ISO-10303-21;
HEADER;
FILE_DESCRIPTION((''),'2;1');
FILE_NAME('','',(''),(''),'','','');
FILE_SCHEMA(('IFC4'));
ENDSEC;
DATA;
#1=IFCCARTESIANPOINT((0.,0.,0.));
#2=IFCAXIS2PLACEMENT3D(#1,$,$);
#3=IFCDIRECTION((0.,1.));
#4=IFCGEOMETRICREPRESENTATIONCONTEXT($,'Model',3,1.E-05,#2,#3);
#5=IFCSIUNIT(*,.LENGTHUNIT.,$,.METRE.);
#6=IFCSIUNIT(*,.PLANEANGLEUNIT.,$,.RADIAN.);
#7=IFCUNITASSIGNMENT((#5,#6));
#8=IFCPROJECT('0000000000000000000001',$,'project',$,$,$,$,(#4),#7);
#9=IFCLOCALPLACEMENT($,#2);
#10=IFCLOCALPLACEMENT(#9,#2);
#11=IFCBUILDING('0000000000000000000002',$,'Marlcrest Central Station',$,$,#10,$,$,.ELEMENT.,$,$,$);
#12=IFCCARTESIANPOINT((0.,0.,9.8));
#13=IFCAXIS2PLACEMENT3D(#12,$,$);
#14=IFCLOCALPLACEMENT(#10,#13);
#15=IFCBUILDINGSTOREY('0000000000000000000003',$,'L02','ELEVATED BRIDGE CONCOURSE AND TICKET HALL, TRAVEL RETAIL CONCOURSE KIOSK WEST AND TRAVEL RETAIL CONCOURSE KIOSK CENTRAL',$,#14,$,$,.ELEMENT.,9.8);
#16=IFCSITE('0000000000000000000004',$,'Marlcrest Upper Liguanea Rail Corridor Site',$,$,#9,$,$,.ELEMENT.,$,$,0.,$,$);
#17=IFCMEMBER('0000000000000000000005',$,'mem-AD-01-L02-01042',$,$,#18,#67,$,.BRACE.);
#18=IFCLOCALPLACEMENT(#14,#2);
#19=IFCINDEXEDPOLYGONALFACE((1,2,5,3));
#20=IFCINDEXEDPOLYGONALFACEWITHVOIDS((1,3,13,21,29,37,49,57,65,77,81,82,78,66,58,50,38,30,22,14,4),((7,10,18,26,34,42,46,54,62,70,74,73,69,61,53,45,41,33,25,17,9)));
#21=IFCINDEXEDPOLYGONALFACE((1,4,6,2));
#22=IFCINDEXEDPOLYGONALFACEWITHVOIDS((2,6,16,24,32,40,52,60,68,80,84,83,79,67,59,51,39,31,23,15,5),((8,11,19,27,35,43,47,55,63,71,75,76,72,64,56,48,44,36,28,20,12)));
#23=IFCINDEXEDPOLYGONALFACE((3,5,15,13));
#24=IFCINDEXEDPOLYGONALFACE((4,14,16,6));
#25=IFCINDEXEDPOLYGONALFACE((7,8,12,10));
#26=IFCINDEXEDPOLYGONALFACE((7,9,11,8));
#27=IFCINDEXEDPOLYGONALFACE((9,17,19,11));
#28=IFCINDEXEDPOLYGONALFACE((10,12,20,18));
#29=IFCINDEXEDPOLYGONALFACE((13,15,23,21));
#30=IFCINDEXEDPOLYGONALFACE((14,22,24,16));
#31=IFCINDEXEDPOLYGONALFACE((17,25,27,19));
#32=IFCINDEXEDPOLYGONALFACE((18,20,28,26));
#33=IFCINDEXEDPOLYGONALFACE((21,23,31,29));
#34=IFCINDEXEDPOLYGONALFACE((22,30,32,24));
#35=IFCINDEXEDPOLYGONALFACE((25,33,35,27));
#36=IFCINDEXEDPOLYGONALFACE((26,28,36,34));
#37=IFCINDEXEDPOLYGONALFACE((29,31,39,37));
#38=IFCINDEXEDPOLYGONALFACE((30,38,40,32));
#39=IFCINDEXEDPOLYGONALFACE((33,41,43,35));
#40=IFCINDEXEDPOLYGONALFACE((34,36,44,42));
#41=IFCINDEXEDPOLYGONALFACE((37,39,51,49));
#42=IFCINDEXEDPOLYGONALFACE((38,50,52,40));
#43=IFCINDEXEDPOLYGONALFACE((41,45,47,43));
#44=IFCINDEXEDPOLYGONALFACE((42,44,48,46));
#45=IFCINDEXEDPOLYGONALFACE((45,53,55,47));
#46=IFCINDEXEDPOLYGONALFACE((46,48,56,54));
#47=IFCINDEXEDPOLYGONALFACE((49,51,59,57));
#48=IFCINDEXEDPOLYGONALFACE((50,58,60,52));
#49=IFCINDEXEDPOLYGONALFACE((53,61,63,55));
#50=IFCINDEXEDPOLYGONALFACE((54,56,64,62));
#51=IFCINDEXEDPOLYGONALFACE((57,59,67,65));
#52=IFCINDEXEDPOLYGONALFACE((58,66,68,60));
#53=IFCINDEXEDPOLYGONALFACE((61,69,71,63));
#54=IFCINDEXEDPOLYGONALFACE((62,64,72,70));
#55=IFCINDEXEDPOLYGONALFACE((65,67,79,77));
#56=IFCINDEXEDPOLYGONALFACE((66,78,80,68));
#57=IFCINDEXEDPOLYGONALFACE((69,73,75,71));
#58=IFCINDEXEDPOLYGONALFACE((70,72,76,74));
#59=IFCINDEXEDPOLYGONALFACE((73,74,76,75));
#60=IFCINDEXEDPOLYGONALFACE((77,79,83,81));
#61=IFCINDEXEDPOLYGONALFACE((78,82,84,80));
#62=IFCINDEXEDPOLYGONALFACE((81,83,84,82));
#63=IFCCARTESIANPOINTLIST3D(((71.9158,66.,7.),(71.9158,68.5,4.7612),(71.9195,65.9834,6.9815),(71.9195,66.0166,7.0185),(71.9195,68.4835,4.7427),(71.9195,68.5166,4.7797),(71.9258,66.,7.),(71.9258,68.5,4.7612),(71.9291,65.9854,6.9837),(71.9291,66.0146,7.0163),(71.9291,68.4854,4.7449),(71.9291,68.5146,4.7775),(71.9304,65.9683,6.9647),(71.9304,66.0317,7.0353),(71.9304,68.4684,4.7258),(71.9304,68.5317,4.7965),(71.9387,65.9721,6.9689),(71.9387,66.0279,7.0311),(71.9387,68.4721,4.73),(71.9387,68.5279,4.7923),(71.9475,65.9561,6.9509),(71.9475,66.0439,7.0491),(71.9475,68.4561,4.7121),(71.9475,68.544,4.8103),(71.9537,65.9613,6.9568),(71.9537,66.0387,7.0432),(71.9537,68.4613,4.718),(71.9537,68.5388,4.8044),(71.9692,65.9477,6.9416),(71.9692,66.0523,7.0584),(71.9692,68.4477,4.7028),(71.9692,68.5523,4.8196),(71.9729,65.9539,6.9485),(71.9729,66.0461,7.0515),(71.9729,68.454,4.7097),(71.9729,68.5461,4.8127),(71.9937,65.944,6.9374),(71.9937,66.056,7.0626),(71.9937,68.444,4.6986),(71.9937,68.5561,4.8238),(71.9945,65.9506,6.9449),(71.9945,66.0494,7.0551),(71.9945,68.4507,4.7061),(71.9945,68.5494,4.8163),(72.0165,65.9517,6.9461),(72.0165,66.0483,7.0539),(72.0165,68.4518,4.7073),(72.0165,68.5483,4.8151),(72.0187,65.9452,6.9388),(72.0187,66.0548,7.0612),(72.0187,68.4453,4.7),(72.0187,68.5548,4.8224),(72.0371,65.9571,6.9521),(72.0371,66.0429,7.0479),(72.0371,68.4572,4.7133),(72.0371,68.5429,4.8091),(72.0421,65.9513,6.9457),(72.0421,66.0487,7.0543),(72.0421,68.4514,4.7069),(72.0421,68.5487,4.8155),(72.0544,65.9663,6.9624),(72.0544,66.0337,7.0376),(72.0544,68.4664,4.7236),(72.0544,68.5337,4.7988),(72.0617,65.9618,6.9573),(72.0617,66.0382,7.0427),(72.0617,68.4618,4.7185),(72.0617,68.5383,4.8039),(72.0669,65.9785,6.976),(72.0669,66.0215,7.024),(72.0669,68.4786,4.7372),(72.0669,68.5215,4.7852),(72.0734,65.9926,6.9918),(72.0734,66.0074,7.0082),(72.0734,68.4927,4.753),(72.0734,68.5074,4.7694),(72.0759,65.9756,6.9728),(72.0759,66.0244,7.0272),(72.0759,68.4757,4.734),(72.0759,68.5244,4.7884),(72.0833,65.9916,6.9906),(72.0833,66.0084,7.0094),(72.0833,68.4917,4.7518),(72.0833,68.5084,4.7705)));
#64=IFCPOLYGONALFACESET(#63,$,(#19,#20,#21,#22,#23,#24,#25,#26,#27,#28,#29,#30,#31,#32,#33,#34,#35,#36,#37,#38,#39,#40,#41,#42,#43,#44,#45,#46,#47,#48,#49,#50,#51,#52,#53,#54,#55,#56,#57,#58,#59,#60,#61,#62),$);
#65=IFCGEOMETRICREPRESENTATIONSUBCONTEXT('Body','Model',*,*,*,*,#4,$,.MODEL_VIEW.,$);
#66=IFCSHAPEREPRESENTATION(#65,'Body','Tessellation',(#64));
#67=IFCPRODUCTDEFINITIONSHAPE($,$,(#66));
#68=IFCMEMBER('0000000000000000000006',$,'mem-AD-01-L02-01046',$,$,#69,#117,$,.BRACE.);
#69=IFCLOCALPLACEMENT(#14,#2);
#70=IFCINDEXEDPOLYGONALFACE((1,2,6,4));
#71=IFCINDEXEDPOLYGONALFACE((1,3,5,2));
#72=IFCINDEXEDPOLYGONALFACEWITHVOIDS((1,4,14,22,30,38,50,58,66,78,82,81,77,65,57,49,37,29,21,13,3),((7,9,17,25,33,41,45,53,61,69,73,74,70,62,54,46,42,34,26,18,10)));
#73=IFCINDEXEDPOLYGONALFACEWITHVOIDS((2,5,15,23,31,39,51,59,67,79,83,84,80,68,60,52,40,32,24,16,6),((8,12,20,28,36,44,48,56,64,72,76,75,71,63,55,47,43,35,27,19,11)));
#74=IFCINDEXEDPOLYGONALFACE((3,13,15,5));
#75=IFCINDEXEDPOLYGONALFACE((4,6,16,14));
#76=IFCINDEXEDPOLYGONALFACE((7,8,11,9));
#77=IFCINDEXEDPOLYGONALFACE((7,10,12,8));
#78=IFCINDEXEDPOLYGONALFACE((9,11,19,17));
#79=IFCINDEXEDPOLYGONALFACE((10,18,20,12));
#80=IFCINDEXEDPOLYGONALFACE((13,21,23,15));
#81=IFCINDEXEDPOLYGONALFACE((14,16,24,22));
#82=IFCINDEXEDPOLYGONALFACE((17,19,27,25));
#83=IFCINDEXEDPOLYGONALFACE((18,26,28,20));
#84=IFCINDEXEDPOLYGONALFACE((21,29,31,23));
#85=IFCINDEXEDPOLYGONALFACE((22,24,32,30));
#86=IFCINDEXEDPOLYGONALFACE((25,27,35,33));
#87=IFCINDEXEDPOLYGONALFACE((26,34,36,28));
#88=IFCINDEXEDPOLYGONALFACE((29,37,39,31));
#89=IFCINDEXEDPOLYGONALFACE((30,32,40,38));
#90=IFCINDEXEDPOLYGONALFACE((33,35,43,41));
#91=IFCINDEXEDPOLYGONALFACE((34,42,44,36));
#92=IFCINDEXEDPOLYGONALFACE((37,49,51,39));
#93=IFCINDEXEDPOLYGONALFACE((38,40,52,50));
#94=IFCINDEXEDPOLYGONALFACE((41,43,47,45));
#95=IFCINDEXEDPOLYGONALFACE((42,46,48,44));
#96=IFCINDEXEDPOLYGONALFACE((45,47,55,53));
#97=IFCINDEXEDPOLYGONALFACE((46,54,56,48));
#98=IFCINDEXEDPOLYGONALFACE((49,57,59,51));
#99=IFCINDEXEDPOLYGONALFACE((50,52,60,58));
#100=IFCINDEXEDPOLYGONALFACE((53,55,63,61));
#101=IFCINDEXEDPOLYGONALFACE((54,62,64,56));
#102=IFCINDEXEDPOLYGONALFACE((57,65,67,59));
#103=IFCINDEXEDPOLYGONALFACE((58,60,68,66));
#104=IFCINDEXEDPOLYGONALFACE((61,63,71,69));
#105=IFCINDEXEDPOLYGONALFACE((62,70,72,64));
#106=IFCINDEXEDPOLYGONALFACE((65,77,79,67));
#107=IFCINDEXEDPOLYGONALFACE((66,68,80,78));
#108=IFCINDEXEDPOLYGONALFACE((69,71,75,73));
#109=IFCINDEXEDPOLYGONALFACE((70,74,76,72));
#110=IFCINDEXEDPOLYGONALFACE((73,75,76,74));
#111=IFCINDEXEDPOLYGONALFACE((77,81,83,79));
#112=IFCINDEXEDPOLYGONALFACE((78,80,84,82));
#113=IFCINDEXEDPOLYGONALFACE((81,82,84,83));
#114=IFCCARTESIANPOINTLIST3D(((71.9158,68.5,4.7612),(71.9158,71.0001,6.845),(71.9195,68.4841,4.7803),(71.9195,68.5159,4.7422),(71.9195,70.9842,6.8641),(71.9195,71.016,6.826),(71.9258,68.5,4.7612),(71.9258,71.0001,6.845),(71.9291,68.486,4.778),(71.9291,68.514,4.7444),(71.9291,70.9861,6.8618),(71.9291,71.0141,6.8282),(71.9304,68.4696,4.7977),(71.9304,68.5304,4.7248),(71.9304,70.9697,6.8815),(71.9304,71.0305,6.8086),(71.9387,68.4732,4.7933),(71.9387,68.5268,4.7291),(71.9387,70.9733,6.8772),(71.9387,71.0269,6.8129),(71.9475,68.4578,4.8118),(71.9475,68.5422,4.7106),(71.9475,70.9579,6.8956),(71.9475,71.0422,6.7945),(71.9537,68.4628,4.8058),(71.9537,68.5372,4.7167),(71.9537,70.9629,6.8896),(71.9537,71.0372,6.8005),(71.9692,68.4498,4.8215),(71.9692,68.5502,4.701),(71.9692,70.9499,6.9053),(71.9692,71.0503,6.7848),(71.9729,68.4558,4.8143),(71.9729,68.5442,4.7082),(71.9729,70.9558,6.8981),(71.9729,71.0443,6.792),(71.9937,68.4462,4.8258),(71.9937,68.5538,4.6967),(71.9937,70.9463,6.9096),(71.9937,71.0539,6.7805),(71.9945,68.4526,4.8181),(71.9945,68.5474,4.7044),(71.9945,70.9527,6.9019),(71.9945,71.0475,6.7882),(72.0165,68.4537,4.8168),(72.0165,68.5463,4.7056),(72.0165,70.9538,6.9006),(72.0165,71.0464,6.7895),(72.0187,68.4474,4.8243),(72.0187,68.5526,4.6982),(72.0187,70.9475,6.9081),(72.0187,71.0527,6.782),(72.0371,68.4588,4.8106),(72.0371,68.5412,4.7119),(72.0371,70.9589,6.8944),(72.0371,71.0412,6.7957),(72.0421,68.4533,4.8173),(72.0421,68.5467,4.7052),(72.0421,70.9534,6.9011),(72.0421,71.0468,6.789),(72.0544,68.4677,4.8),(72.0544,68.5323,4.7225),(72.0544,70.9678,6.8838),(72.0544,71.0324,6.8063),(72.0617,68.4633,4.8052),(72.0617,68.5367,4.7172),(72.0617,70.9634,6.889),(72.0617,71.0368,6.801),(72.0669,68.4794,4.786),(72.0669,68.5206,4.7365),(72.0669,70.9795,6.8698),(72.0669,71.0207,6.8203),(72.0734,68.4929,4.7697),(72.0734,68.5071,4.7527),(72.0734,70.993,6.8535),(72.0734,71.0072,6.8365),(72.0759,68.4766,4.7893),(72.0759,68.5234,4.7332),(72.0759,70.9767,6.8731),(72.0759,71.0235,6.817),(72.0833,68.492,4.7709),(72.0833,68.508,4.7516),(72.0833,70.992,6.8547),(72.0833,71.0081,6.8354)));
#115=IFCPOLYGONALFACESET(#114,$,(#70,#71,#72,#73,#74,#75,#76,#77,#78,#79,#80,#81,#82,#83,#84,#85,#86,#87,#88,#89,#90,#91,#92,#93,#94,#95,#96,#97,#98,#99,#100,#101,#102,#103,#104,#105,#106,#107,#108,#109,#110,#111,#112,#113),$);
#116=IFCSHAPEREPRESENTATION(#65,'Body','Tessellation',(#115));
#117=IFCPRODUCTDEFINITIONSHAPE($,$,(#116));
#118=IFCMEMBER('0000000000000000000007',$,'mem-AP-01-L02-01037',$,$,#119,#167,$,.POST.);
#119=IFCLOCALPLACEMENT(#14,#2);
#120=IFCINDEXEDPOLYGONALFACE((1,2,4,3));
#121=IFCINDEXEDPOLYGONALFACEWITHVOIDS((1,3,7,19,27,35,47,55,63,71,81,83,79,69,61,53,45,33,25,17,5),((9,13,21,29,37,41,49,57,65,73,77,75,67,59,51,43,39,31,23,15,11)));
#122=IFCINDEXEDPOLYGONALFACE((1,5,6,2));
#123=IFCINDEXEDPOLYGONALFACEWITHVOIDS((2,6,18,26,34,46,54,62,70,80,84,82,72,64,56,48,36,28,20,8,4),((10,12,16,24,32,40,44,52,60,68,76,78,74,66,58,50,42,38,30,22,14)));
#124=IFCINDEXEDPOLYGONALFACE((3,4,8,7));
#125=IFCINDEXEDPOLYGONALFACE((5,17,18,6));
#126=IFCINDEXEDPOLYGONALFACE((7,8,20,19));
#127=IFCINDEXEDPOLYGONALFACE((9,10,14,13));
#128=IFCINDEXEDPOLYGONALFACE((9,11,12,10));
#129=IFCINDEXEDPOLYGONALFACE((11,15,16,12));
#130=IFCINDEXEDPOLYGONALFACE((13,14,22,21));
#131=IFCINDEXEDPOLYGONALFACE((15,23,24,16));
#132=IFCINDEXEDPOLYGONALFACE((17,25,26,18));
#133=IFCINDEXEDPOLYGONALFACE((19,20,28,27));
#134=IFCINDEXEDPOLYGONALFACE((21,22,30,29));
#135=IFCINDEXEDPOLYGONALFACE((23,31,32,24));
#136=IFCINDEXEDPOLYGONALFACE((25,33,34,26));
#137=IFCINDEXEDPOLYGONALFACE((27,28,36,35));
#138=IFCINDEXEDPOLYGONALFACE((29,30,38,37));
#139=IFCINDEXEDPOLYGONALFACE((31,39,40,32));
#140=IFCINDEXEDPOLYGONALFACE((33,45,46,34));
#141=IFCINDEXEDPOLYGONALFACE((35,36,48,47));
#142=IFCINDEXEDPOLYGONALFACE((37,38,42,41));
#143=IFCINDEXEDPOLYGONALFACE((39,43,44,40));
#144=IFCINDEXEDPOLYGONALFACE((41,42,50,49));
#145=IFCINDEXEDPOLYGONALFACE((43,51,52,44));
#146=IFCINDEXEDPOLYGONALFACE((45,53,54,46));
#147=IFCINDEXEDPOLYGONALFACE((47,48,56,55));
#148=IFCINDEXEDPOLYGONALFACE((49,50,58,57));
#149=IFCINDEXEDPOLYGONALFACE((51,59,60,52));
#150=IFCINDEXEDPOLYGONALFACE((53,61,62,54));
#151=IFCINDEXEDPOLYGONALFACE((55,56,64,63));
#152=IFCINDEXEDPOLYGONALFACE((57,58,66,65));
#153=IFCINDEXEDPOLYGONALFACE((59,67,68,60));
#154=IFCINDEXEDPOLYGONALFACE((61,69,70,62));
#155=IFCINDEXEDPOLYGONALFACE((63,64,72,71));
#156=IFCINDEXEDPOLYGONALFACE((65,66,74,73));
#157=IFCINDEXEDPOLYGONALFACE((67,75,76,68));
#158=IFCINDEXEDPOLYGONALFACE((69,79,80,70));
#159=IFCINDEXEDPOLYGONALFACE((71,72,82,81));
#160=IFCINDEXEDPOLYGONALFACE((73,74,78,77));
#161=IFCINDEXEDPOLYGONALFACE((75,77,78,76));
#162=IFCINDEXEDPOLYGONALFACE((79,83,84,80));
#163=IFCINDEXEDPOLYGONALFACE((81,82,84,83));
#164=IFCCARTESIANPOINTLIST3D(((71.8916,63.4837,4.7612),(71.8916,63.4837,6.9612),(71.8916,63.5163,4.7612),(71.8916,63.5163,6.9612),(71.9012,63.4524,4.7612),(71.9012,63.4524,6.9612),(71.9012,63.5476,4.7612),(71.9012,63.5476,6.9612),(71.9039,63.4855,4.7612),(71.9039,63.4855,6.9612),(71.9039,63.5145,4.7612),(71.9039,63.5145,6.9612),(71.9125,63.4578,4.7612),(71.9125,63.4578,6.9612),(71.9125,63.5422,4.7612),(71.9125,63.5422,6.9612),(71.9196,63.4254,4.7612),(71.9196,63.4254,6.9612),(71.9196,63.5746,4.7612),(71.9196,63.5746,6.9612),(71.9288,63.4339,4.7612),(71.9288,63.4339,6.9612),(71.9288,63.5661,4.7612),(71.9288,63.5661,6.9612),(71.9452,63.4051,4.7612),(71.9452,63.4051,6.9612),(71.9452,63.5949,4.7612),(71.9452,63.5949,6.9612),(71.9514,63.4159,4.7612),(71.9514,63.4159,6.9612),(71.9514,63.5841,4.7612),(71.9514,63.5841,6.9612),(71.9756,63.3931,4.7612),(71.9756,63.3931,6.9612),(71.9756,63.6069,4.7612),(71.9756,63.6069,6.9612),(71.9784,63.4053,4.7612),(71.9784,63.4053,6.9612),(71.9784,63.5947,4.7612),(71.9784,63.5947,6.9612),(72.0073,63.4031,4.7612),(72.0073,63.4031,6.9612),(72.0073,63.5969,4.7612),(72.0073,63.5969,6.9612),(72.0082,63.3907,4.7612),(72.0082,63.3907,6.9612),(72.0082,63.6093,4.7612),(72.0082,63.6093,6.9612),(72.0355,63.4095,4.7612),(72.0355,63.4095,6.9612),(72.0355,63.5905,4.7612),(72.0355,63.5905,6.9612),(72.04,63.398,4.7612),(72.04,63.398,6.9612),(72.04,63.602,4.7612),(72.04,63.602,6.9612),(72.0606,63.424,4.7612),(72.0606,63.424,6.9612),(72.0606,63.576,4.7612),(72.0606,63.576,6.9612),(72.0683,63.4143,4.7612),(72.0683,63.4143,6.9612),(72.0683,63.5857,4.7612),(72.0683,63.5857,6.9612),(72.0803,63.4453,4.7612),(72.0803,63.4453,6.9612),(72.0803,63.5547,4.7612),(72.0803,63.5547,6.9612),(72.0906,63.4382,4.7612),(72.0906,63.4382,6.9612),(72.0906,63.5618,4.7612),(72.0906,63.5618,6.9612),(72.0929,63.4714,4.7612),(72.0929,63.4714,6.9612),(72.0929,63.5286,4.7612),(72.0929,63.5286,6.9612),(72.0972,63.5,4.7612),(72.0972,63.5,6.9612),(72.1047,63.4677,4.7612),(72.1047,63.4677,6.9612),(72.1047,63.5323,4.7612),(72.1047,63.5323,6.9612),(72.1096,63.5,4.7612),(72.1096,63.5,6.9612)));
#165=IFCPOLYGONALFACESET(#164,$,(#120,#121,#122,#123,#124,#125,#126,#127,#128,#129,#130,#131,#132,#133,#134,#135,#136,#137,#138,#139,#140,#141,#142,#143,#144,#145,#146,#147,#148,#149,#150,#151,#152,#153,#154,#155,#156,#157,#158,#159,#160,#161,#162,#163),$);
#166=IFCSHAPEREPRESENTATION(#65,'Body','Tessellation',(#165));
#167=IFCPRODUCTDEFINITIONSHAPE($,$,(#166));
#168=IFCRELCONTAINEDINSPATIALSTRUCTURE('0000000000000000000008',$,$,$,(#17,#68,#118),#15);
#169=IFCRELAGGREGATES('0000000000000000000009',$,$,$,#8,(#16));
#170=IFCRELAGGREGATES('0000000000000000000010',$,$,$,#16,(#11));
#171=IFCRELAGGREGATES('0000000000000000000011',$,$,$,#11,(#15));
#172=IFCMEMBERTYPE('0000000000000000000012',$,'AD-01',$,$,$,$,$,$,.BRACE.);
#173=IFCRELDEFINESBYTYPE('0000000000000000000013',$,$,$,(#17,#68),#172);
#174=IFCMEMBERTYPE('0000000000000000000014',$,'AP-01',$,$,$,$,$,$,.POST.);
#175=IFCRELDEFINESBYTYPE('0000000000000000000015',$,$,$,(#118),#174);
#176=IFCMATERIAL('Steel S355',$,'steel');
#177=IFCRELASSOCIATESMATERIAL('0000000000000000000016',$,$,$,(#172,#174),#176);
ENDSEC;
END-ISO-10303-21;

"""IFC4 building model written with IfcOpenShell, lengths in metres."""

from ifc_helpers import new_model, si_unit, direction, frame, origin, origin_2d, place, context, subcontext, project, spatial, hollow_circle, extrude, material, material_profile, profile_set, type_object, element, save


model = new_model("IFC4")

# Units and contexts
model_context = context("Model", 3, precision=1e-05, world=origin(), true_north=direction((0.0, 1.0)))
body_context = subcontext(model_context, "Body", "Model", "MODEL_VIEW")
ifc_project = project(units=[si_unit("LENGTHUNIT", "METRE"), si_unit("PLANEANGLEUNIT", "RADIAN")], contexts=[model_context])

# Site, building, storey
site_placement = place(None, origin())
site = spatial("IfcSite", under=ifc_project, at=site_placement, Name="Marlcrest Upper Liguanea Rail Corridor Site", CompositionType="ELEMENT", RefElevation=0.0)
building_placement = place(site_placement, origin())
building = spatial("IfcBuilding", under=site, at=building_placement, Name="Marlcrest Central Station", CompositionType="ELEMENT")
storey_placement = place(building_placement, frame((0.0, 0.0, 9.8)))
storey = spatial("IfcBuildingStorey", under=building, at=storey_placement, Name="L02", Description="ELEVATED BRIDGE CONCOURSE AND TICKET HALL, TRAVEL RETAIL CONCOURSE KIOSK WEST AND TRAVEL RETAIL CONCOURSE KIOSK CENTRAL", CompositionType="ELEMENT", Elevation=9.8)

# Members
ifc_material_1 = material(Name="Steel S355", Category="steel")
ifc_material_profile_1 = material_profile(ifc_material_1, hollow_circle(Radius=0.0842, WallThickness=0.01, at=origin_2d()), Name="CHS 168.3x10")
ifc_profile_set_1 = profile_set([ifc_material_profile_1], Name="Steel S355")
member_type_1 = type_object("IfcMemberType", Name="AD-01", PredefinedType="BRACE", material=ifc_profile_set_1)
for number, where, z_axis, x_axis, name in (
    (1, (72.0, 66.0, 7.0), (0.0, 0.744956, -0.667114), (-1.0, 0.0, 0.0), "mem-AD-01-L02-01042"),
):
    element("IfcMember", number, at=place(storey_placement, frame(where, z_axis=z_axis, x_axis=x_axis)), inside=storey, type_object=member_type_1, Name=name, PredefinedType="BRACE", context=body_context, shape_type="SweptSolid", body=[
        extrude(hollow_circle(Radius=0.0842, WallThickness=0.01, at=origin_2d()), origin(), (0.0, 0.0, 1.0), 3.356),
    ])
member_1_placement = place(storey_placement, frame((72.0, 68.5, 4.7612), z_axis=(0.0, 0.76816, 0.640258), x_axis=(-1.0, 0.0, 0.0)))
element("IfcMember", 2, at=member_1_placement, inside=storey, type_object=member_type_1, Name="mem-AD-01-L02-01046", PredefinedType="BRACE", context=body_context, shape_type="SweptSolid", body=[
    extrude(hollow_circle(Radius=0.0842, WallThickness=0.01, at=origin_2d()), origin(), (0.0, 0.0, 1.0), 3.2546),
])
ifc_material_profile_2 = material_profile(ifc_material_1, hollow_circle(Radius=0.1096, WallThickness=0.0125, at=origin_2d()), Name="CHS 219.1x12.5")
ifc_profile_set_2 = profile_set([ifc_material_profile_2], Name="Steel S355")
member_type_2 = type_object("IfcMemberType", Name="AP-01", PredefinedType="POST", material=ifc_profile_set_2)
for number, where, z_axis, x_axis, name in (
    (3, (72.0, 63.5, 4.7612), (0.0, 0.0, 1.0), (1.0, 0.0, 0.0), "mem-AP-01-L02-01037"),
):
    element("IfcMember", number, at=place(storey_placement, frame(where, z_axis=z_axis, x_axis=x_axis)), inside=storey, type_object=member_type_2, Name=name, PredefinedType="POST", context=body_context, shape_type="SweptSolid", body=[
        extrude(hollow_circle(Radius=0.1096, WallThickness=0.0125, at=origin_2d()), origin(), (0.0, 0.0, 1.0), 2.2),
    ])

save(model, "model.ifc")
